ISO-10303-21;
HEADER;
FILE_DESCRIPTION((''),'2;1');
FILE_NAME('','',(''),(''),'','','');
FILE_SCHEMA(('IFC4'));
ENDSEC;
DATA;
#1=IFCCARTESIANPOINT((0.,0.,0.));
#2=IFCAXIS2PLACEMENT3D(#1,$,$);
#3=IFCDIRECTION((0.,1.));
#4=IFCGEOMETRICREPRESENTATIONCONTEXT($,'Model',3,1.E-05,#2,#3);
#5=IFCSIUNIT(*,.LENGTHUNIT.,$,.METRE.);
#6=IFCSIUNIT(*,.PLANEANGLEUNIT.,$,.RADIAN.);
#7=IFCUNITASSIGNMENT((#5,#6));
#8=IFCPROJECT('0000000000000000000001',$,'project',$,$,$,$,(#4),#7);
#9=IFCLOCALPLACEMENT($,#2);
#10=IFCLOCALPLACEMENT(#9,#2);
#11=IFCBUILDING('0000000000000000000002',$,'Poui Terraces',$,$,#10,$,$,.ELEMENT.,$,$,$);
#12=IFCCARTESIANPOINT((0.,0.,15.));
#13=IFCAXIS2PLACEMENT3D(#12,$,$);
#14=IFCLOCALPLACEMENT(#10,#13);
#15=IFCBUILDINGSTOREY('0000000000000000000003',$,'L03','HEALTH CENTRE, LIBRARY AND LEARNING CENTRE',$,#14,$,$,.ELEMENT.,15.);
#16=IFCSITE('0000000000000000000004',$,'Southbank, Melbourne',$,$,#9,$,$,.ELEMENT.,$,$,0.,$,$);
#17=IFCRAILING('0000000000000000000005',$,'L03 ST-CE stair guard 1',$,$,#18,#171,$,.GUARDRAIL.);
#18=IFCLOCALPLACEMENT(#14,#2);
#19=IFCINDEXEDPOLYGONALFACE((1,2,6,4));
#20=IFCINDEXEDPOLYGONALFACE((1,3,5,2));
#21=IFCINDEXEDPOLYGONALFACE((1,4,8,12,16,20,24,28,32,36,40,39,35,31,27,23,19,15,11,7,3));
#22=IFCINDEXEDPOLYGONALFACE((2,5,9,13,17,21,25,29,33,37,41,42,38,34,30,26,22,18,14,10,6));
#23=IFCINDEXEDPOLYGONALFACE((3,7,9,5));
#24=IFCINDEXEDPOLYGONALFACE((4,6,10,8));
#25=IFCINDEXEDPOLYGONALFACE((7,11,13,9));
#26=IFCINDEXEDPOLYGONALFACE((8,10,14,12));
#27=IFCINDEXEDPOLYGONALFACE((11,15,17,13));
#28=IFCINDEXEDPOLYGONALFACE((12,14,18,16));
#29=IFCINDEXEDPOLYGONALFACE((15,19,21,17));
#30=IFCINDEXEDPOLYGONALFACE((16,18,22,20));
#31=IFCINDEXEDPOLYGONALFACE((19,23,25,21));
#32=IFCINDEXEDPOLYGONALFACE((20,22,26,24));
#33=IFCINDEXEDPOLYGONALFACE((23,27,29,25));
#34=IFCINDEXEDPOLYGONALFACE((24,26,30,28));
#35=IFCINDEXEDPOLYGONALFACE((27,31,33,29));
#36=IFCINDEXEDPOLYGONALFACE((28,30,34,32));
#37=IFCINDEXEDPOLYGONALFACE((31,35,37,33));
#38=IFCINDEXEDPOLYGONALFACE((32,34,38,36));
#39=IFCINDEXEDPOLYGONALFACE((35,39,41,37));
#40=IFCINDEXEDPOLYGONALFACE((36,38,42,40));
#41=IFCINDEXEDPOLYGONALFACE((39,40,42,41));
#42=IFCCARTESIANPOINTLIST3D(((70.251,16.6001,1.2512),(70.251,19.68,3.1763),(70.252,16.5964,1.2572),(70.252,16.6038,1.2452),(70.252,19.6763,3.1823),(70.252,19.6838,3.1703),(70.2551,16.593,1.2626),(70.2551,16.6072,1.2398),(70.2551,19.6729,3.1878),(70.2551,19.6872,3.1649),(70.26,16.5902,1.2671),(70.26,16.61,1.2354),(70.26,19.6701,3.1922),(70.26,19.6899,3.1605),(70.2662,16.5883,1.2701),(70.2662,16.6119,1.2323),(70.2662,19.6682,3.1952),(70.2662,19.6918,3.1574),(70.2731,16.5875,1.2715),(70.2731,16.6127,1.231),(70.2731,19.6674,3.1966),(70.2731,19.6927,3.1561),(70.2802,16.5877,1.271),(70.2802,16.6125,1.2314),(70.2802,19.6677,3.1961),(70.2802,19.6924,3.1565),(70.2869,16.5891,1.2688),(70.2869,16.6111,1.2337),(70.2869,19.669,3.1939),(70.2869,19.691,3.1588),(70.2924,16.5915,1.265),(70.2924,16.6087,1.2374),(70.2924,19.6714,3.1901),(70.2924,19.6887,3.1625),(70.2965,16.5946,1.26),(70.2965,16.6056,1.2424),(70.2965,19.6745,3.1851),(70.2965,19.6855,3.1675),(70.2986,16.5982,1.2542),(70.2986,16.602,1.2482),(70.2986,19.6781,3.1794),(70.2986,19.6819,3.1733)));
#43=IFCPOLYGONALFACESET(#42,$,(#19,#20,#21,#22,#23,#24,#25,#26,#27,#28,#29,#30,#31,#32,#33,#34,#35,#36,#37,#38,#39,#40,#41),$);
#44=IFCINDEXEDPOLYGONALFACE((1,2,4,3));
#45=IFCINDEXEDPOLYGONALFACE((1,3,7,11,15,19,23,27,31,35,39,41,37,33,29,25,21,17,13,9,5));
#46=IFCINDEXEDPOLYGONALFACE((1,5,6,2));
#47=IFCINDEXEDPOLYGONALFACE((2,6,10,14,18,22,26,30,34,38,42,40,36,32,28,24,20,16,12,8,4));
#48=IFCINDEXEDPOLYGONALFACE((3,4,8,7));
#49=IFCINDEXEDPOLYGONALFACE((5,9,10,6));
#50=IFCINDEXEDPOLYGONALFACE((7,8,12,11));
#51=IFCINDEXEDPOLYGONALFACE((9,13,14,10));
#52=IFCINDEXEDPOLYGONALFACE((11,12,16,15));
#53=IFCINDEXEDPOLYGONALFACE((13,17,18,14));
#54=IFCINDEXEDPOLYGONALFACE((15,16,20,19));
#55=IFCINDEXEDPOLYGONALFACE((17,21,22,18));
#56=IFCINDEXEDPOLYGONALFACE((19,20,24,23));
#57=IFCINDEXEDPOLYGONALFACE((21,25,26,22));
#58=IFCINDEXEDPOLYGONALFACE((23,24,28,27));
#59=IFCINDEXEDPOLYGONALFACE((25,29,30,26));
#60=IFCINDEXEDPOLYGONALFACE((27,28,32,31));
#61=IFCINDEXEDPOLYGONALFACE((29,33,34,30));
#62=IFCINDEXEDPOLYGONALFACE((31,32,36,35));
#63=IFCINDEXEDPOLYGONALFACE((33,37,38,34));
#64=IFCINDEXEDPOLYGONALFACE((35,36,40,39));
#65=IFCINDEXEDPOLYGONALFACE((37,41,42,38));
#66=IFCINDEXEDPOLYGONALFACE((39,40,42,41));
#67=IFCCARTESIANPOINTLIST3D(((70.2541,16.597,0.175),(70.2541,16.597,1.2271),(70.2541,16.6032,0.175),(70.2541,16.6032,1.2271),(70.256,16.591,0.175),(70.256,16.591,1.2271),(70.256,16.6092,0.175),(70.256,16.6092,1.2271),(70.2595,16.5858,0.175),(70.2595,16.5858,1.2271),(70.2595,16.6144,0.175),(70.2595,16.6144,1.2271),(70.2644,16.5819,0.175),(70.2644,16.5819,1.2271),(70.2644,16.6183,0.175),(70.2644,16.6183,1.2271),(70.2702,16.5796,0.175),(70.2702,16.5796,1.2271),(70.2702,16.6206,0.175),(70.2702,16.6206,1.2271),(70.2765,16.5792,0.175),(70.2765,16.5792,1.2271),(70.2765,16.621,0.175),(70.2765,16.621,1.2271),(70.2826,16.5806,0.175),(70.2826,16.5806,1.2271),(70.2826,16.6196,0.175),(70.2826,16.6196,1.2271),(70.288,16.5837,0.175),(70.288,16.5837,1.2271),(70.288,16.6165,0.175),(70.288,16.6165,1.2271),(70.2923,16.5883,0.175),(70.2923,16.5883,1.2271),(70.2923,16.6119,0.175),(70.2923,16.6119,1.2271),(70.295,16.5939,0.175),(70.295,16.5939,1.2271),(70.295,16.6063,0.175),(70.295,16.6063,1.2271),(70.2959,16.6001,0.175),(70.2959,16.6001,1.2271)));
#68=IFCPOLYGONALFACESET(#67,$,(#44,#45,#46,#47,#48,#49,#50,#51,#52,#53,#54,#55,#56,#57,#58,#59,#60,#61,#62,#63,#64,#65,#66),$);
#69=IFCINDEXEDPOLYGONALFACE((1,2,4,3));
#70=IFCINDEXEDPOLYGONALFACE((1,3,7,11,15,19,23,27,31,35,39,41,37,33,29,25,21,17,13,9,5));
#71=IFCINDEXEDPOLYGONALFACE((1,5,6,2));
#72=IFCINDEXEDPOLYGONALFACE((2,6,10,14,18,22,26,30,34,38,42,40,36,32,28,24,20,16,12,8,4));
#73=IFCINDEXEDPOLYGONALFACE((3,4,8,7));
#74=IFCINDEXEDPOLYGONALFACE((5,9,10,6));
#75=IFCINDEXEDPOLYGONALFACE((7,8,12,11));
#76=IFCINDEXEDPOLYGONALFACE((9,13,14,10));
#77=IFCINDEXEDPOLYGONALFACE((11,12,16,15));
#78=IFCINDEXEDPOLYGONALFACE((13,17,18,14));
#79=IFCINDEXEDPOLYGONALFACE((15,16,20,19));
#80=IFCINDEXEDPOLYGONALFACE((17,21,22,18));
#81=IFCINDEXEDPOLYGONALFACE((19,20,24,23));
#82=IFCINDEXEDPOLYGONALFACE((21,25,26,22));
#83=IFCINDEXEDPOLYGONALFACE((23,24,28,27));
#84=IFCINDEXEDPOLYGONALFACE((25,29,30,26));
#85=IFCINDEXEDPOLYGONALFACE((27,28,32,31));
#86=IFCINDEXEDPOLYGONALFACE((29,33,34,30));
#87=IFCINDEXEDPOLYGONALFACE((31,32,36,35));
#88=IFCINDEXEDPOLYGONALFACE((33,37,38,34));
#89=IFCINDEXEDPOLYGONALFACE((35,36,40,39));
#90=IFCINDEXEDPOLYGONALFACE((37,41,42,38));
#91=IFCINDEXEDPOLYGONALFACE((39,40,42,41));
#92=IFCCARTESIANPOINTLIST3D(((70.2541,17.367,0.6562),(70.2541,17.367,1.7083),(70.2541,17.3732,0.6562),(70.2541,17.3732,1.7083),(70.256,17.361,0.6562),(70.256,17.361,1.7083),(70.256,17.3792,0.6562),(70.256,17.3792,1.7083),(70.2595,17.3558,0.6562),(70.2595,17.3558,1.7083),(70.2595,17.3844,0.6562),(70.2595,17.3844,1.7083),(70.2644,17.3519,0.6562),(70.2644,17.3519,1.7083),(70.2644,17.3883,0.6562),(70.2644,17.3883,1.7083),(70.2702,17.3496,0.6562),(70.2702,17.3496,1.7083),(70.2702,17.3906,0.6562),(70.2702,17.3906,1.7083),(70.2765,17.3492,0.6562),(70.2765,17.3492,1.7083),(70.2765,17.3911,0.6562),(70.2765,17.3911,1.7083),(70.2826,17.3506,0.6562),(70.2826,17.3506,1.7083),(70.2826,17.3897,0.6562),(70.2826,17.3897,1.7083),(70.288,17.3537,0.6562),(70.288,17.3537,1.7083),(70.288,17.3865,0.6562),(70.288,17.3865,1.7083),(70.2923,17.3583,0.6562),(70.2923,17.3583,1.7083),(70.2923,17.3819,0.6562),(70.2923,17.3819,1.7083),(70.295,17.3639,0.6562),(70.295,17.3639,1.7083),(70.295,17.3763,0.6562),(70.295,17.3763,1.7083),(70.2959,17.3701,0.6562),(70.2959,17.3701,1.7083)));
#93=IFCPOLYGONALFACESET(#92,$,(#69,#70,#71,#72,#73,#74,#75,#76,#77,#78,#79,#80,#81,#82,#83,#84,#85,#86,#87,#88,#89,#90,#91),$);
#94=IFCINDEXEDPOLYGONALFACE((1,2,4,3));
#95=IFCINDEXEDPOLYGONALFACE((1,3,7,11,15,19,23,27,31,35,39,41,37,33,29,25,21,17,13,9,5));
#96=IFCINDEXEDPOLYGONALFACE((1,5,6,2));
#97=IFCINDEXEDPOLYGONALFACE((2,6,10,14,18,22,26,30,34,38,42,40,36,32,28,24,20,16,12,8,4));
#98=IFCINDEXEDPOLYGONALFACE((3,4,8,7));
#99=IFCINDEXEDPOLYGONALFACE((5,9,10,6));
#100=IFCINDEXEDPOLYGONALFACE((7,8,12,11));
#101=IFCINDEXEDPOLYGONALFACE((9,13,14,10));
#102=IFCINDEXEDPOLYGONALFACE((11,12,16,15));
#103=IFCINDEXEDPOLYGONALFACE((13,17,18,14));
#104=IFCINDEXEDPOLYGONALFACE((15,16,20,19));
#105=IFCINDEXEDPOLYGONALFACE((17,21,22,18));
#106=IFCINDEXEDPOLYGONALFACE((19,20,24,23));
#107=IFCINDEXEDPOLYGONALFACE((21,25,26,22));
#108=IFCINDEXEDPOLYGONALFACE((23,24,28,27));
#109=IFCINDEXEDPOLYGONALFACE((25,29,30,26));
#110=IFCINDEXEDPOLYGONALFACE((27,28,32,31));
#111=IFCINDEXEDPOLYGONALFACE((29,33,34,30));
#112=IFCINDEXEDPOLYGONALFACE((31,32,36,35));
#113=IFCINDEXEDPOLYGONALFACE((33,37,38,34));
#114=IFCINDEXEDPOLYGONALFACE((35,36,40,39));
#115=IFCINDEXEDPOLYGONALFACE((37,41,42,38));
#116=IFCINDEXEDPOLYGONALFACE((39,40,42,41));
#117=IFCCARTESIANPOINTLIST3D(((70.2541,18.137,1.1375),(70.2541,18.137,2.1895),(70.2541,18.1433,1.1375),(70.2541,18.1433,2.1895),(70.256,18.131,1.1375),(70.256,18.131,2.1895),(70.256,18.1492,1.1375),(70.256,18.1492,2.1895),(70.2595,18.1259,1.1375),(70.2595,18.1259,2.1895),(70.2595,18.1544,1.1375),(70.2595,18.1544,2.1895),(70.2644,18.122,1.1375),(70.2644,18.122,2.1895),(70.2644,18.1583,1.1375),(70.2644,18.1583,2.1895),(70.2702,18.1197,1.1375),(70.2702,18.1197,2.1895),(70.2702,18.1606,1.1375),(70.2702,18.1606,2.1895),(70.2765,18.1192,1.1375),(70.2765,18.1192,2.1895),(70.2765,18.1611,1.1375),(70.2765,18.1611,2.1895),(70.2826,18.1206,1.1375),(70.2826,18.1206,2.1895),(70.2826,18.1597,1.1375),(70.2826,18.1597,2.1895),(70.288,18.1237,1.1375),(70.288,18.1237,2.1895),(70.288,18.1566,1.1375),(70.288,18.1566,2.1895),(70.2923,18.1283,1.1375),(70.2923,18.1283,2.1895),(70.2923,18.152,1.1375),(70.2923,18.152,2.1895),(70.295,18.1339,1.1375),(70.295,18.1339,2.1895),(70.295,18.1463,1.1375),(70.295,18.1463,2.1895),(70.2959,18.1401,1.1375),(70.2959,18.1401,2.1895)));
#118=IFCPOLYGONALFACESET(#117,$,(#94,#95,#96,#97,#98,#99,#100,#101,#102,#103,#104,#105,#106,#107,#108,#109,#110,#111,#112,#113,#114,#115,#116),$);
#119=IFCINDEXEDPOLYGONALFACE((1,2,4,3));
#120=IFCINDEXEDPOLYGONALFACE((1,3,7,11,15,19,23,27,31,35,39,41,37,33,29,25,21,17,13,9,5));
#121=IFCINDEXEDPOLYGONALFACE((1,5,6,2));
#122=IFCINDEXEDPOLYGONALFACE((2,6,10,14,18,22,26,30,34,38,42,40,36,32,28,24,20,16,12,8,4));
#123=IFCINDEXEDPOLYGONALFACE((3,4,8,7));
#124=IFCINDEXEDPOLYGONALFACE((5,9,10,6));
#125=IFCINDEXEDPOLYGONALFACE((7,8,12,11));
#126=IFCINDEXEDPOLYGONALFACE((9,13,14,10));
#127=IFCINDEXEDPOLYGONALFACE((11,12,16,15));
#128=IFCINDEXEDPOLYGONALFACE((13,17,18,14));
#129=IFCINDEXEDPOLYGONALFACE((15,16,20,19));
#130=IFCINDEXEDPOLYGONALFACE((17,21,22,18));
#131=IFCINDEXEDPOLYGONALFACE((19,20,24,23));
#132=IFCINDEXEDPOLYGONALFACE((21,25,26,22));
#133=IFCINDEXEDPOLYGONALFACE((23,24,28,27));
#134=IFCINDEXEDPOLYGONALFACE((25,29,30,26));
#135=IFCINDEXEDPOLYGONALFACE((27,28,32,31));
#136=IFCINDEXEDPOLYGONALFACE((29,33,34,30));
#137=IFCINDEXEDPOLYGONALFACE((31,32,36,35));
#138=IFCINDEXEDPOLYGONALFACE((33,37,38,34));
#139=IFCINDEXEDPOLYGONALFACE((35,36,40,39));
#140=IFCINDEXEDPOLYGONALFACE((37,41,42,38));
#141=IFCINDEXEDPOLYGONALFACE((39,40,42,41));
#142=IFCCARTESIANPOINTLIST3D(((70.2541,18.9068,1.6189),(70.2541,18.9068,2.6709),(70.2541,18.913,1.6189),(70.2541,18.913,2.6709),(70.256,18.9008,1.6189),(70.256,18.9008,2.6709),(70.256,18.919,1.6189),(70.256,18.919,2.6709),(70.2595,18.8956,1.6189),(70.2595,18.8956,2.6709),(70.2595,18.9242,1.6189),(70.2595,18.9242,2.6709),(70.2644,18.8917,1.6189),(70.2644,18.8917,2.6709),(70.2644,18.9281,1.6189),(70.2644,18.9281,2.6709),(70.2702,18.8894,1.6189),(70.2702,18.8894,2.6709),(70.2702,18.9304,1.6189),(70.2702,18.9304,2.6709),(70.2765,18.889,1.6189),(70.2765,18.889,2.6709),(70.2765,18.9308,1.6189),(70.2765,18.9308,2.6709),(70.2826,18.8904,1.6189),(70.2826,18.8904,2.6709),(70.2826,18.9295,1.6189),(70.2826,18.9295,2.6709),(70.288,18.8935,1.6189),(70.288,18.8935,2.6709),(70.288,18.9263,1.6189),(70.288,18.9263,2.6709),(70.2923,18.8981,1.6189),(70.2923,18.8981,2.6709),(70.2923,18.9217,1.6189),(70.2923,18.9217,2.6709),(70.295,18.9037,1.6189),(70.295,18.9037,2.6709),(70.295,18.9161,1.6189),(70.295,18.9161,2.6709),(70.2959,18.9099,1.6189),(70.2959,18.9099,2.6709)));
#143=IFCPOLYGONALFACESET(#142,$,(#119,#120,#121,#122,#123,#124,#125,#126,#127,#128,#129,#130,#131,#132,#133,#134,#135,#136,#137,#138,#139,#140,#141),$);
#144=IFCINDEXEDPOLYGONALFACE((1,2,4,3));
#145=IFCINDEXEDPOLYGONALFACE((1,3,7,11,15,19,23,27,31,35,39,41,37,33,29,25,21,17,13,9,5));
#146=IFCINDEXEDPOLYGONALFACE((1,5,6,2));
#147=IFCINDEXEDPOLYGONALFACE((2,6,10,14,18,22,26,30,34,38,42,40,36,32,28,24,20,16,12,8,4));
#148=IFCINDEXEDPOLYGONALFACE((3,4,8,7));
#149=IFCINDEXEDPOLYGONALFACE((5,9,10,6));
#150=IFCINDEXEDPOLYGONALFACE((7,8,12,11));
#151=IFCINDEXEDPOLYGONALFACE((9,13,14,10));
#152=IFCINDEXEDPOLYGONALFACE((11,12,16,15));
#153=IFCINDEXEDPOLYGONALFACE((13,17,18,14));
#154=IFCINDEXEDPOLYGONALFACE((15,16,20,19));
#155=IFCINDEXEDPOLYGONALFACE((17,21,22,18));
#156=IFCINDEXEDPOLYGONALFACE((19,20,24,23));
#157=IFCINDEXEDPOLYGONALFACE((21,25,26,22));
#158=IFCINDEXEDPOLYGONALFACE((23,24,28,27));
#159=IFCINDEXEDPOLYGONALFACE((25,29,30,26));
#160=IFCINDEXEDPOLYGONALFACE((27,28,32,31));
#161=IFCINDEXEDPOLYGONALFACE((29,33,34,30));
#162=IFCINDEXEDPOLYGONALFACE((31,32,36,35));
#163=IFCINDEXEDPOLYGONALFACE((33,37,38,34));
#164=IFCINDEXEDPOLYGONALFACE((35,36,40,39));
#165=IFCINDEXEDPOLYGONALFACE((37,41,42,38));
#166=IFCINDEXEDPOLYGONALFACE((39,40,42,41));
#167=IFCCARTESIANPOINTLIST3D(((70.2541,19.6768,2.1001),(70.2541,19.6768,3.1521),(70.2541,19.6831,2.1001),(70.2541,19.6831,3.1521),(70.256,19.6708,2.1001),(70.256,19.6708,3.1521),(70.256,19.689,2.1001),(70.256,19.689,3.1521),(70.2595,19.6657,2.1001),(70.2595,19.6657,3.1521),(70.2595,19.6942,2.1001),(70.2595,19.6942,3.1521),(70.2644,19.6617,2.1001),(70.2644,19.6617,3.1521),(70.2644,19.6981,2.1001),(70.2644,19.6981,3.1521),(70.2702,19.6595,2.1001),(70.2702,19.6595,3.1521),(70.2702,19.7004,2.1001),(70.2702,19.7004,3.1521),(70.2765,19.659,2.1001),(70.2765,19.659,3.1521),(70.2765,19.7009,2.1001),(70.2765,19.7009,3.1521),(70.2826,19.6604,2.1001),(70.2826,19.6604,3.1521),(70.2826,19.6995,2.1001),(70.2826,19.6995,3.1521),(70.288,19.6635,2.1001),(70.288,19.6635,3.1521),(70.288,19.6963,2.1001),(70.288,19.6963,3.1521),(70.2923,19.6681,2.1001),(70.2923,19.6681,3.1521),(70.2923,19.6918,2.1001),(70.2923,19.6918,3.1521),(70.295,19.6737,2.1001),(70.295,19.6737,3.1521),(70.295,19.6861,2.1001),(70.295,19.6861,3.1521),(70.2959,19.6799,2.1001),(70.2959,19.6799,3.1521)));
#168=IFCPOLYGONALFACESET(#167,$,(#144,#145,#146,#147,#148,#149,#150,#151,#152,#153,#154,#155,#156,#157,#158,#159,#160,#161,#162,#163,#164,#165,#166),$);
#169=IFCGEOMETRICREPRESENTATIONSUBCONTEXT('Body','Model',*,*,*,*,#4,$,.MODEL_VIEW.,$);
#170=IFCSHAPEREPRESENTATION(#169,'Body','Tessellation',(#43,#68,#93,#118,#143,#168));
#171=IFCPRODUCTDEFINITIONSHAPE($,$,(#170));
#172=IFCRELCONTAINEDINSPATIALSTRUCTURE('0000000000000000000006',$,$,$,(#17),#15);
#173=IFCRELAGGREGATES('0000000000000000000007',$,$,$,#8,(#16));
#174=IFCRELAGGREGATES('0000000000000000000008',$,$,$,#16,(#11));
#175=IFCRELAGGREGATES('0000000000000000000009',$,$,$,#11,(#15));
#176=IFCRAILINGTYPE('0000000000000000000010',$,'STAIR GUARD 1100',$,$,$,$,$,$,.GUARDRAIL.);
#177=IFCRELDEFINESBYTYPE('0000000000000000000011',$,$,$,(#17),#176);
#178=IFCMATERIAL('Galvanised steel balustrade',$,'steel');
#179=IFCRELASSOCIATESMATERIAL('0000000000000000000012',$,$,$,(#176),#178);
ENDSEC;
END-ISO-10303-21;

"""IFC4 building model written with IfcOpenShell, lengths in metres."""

from ifc_helpers import new_model, si_unit, direction, frame, origin, origin_2d, place, context, subcontext, project, spatial, circle, extrude, material, type_object, element, save


model = new_model("IFC4")

# Units and contexts
model_context = context("Model", 3, precision=1e-05, world=origin(), true_north=direction((0.0, 1.0)))
body_context = subcontext(model_context, "Body", "Model", "MODEL_VIEW")
ifc_project = project(units=[si_unit("LENGTHUNIT", "METRE"), si_unit("PLANEANGLEUNIT", "RADIAN")], contexts=[model_context])

# Site, building, storey
site_placement = place(None, origin())
site = spatial("IfcSite", under=ifc_project, at=site_placement, Name="Southbank, Melbourne", CompositionType="ELEMENT", RefElevation=0.0)
building_placement = place(site_placement, origin())
building = spatial("IfcBuilding", under=site, at=building_placement, Name="Poui Terraces", CompositionType="ELEMENT")
storey_placement = place(building_placement, frame((0.0, 0.0, 15.0)))
storey = spatial("IfcBuildingStorey", under=building, at=storey_placement, Name="L03", Description="HEALTH CENTRE, LIBRARY AND LEARNING CENTRE", CompositionType="ELEMENT", Elevation=15.0)

# Railing
ifc_material_1 = material(Name="Galvanised steel balustrade", Category="steel")
railing_type_1 = type_object("IfcRailingType", Name="STAIR GUARD 1100", PredefinedType="GUARDRAIL", material=ifc_material_1)
railing_1_placement = place(storey_placement, frame((70.2749, 16.6001, 0.175)))
element("IfcRailing", 1, at=railing_1_placement, inside=storey, type_object=railing_type_1, Name="L03 ST-CE stair guard 1", PredefinedType="GUARDRAIL", context=body_context, shape_type="SweptSolid", body=[
    extrude(circle(Radius=0.0239, at=origin_2d()), frame((0.0, 0.0, 1.0762), z_axis=(0.0, 0.847979, 0.530029), x_axis=(-1.0, 0.0, 0.0)), (0.0, 0.0, 1.0), 3.6321),
    extrude(circle(Radius=0.021, at=origin_2d()), origin(), (0.0, 0.0, 1.0), 1.052),
    extrude(circle(Radius=0.021, at=origin_2d()), frame((0.0, 0.77, 0.4812)), (0.0, 0.0, 1.0), 1.052),
    extrude(circle(Radius=0.021, at=origin_2d()), frame((0.0, 1.54, 0.9624)), (0.0, 0.0, 1.0), 1.052),
    extrude(circle(Radius=0.021, at=origin_2d()), frame((0.0, 2.3098, 1.4438)), (0.0, 0.0, 1.0), 1.052),
    extrude(circle(Radius=0.021, at=origin_2d()), frame((0.0, 3.0798, 1.925)), (0.0, 0.0, 1.0), 1.052),
])

save(model, "model.ifc")
